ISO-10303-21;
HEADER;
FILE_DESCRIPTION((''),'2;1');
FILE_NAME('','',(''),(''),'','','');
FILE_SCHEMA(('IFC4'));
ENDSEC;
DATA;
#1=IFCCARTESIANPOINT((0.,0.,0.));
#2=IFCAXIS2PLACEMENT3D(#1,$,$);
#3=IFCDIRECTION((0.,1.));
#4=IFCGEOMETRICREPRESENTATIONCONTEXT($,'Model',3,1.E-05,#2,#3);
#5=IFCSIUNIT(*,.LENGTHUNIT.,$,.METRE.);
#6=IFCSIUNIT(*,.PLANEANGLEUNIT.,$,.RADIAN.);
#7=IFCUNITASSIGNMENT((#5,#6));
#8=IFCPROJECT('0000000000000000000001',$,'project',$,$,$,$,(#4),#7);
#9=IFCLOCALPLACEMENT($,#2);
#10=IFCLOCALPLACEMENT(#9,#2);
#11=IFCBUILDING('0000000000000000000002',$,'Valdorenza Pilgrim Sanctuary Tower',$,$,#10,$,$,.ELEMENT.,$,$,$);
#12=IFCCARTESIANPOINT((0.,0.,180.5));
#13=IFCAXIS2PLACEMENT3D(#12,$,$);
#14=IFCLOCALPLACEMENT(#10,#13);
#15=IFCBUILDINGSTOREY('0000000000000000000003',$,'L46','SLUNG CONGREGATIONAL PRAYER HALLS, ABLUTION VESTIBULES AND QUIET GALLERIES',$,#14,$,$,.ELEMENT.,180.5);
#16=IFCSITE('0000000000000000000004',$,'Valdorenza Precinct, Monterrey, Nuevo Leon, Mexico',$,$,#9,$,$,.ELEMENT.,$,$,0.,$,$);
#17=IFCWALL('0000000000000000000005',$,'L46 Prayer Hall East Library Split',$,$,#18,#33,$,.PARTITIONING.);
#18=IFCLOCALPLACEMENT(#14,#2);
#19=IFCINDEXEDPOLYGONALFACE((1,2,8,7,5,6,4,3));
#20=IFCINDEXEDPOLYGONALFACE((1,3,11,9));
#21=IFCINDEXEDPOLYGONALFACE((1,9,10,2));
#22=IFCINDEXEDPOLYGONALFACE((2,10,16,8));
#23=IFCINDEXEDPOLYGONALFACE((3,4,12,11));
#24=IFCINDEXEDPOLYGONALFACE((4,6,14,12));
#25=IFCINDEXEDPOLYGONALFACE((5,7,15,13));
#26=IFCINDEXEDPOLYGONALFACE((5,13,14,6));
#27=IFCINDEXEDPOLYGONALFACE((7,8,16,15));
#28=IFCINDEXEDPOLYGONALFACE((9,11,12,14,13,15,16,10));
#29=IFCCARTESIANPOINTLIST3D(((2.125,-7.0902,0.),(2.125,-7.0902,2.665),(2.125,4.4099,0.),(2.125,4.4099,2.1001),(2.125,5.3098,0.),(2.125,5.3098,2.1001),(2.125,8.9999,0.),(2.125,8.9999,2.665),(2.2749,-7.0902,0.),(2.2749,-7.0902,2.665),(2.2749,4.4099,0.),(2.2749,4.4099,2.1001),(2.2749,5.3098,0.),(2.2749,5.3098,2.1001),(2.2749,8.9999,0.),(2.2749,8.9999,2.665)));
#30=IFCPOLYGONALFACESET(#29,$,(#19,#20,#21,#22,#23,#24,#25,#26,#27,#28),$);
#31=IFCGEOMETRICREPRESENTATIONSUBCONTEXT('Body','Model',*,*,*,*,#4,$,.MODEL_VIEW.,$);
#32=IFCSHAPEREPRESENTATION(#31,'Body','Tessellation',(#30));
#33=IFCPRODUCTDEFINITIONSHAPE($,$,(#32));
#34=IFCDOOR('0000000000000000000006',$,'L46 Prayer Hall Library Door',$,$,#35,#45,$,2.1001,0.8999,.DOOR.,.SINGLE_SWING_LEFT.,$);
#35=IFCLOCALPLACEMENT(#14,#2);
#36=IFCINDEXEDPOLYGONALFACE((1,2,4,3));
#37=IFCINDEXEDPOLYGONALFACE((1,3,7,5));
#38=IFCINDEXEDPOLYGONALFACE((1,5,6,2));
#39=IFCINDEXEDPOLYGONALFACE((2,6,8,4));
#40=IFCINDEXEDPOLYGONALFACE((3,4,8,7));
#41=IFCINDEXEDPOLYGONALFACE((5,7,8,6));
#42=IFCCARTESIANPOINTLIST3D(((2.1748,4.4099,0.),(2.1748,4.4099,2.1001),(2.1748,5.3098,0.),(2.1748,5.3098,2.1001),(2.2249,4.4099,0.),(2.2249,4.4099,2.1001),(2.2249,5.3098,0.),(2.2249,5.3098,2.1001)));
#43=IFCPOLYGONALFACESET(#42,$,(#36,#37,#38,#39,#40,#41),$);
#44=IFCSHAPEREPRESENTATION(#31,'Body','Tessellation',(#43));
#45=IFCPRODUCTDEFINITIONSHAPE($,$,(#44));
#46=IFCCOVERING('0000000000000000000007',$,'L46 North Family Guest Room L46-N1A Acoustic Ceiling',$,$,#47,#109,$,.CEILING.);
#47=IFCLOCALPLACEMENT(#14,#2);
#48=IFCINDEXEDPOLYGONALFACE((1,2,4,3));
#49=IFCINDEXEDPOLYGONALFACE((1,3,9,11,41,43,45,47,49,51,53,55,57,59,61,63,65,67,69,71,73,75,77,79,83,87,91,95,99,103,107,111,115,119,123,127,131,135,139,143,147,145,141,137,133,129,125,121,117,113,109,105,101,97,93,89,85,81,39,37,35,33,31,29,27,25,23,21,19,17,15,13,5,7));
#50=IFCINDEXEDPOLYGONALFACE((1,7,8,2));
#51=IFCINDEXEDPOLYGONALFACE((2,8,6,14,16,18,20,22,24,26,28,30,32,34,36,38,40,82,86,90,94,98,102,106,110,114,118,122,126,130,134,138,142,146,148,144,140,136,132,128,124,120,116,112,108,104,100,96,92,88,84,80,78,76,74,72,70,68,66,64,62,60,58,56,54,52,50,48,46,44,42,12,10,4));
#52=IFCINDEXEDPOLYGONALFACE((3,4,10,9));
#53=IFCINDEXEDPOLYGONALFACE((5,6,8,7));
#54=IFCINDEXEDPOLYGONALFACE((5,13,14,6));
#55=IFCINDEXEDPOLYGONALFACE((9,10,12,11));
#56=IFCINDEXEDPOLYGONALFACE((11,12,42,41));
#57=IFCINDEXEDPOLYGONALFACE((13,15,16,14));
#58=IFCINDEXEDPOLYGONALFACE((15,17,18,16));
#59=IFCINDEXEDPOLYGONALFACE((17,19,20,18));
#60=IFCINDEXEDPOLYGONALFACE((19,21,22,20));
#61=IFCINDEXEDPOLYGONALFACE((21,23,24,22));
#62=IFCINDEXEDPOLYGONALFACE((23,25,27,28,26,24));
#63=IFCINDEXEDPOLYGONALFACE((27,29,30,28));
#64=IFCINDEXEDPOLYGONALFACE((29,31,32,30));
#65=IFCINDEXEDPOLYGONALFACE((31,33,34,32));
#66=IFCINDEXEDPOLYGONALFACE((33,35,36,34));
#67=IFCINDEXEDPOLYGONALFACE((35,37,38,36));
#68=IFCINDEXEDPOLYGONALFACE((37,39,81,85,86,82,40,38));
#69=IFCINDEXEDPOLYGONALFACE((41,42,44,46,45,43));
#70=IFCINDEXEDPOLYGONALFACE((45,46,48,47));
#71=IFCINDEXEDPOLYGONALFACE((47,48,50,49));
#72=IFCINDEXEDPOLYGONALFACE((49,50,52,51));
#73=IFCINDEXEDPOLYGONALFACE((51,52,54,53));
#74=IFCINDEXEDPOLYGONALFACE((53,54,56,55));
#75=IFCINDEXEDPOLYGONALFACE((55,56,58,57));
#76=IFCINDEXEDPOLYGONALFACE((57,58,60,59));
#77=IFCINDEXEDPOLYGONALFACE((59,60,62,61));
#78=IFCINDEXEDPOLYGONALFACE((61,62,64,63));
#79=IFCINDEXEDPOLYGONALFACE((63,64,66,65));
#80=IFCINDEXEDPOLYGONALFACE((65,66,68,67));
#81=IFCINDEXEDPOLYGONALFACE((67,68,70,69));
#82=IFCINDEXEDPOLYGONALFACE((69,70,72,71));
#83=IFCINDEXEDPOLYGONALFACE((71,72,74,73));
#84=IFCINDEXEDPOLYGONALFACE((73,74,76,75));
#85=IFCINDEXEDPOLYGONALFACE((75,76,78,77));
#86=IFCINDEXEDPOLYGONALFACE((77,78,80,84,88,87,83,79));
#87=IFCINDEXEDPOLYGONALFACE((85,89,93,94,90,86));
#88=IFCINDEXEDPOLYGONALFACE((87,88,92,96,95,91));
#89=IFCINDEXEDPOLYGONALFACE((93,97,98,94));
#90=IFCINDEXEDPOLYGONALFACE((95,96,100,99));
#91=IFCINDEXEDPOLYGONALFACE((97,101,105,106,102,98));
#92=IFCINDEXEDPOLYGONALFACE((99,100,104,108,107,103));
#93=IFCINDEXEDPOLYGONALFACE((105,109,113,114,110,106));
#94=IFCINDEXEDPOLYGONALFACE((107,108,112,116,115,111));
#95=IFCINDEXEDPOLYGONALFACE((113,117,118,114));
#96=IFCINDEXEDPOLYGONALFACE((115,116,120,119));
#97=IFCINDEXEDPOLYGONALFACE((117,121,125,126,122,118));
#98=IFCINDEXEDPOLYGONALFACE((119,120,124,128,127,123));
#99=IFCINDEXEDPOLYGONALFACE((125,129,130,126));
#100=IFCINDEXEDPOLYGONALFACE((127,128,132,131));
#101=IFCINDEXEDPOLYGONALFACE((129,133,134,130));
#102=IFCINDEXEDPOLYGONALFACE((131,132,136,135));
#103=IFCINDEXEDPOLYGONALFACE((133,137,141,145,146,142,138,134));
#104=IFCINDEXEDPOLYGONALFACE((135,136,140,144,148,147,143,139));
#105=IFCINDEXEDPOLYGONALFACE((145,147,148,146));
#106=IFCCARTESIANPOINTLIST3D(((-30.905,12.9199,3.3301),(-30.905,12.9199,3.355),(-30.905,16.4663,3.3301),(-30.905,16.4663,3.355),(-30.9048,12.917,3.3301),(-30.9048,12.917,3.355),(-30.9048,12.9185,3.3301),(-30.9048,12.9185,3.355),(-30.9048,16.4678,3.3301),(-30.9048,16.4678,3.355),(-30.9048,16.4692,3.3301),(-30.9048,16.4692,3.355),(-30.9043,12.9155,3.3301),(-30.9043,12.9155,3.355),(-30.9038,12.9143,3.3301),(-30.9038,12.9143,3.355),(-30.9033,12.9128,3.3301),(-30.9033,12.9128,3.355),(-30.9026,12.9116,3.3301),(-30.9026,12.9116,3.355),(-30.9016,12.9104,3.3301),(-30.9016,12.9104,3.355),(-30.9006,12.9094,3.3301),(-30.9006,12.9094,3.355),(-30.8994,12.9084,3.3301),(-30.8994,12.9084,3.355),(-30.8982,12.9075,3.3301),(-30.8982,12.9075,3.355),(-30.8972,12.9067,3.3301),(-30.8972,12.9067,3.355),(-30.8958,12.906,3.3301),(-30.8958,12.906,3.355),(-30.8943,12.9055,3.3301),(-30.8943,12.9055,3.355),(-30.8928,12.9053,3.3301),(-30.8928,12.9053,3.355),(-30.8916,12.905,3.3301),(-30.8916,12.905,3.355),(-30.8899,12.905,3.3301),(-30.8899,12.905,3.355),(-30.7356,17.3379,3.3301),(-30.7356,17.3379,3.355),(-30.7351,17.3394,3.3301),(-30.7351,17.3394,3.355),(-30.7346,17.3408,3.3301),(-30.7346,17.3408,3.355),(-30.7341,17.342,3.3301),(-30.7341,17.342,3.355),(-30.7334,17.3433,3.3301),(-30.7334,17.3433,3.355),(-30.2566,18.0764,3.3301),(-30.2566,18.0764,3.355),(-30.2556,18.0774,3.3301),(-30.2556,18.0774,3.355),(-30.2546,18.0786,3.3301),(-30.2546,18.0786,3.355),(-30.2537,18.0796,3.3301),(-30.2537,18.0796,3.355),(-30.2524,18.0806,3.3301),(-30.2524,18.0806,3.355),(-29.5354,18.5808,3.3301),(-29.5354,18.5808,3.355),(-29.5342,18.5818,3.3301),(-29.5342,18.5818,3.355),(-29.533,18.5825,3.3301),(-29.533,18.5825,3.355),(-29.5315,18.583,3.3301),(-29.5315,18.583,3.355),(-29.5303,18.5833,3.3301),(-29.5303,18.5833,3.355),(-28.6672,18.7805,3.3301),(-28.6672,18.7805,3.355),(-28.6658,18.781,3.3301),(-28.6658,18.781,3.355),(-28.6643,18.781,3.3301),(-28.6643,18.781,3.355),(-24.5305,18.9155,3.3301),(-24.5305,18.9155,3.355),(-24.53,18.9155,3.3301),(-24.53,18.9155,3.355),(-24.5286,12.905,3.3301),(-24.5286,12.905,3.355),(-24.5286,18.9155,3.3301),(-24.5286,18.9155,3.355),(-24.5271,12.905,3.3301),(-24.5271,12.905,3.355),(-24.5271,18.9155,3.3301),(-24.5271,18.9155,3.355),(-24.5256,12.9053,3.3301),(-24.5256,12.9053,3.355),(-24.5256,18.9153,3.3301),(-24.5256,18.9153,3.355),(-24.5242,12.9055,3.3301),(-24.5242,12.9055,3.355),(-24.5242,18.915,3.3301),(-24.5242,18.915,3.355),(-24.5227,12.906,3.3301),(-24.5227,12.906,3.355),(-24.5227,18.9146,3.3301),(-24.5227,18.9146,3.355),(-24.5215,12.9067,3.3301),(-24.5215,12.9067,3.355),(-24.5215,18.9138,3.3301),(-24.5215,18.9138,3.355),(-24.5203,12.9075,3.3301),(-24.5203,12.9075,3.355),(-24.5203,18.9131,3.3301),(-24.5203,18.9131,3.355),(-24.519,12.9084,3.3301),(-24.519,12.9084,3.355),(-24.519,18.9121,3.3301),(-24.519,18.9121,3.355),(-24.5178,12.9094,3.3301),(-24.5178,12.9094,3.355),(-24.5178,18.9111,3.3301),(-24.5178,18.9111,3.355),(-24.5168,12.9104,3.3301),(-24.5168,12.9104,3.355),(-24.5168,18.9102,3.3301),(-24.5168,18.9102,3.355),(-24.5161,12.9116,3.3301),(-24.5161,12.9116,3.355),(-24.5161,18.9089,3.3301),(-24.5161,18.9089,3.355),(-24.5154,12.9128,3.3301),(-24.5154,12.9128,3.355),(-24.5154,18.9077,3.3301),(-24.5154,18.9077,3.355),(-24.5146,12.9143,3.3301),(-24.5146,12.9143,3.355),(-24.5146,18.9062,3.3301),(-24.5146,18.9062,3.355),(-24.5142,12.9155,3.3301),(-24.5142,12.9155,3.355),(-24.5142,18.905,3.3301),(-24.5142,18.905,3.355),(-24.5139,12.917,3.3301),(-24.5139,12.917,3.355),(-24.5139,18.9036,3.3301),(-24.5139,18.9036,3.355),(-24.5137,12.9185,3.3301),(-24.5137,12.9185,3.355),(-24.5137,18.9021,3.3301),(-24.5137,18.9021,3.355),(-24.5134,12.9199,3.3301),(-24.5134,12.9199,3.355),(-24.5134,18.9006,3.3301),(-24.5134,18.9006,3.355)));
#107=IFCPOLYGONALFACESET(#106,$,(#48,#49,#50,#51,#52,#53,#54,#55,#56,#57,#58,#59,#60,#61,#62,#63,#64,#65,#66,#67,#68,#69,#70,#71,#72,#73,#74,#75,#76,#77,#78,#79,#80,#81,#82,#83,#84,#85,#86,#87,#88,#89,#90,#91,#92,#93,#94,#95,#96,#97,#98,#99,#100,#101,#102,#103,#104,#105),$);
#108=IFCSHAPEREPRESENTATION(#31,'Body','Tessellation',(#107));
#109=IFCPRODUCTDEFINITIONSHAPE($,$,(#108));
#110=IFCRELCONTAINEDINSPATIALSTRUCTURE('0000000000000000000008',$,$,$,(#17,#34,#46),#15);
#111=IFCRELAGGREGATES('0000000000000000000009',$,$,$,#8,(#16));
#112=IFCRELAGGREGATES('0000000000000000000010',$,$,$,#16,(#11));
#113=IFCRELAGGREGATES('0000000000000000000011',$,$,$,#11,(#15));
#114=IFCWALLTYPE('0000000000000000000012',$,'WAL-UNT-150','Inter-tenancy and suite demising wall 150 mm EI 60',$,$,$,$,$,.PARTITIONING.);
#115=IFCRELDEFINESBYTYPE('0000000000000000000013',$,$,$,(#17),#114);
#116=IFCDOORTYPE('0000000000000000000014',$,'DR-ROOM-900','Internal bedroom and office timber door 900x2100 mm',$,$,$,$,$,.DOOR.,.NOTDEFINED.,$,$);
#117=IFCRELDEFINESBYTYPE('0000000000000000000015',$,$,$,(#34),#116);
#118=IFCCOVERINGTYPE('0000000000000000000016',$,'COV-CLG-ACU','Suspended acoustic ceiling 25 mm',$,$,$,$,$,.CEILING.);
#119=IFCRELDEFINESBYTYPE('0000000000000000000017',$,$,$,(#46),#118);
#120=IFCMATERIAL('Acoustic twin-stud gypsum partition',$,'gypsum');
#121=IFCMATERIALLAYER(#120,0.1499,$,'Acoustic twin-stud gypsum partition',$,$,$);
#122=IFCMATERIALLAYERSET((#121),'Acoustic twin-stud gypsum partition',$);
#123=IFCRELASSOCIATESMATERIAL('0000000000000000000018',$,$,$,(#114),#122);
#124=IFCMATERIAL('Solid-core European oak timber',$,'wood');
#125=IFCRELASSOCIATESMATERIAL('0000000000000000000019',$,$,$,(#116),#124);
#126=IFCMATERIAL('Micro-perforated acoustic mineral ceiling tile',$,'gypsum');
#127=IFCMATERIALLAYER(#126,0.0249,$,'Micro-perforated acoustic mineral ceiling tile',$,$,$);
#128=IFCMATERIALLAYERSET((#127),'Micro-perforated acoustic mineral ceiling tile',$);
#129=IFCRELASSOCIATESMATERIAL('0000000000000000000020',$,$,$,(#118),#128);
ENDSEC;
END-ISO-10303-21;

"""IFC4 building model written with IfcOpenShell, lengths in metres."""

from ifc_helpers import new_model, si_unit, direction, frame, frame_2d, origin, place, context, subcontext, project, spatial, polyline, rectangle, outline, extrude, material, layer, layer_set, type_object, element, fill, save


model = new_model("IFC4")

# Units and contexts
model_context = context("Model", 3, precision=1e-05, world=origin(), true_north=direction((0.0, 1.0)))
body_context = subcontext(model_context, "Body", "Model", "MODEL_VIEW")
ifc_project = project(units=[si_unit("LENGTHUNIT", "METRE"), si_unit("PLANEANGLEUNIT", "RADIAN")], contexts=[model_context])

# Site, building, storey
site_placement = place(None, origin())
site = spatial("IfcSite", under=ifc_project, at=site_placement, Name="Valdorenza Precinct, Monterrey, Nuevo Leon, Mexico", CompositionType="ELEMENT", RefElevation=0.0)
building_placement = place(site_placement, origin())
building = spatial("IfcBuilding", under=site, at=building_placement, Name="Valdorenza Pilgrim Sanctuary Tower", CompositionType="ELEMENT")
storey_placement = place(building_placement, frame((0.0, 0.0, 180.5)))
storey = spatial("IfcBuildingStorey", under=building, at=storey_placement, Name="L46", Description="SLUNG CONGREGATIONAL PRAYER HALLS, ABLUTION VESTIBULES AND QUIET GALLERIES", CompositionType="ELEMENT", Elevation=180.5)

# Wall, opening, door
ifc_material_1 = material(Name="Acoustic twin-stud gypsum partition", Category="gypsum")
ifc_layer_1 = layer(ifc_material_1, 0.1499, Name="Acoustic twin-stud gypsum partition")
ifc_layer_set_1 = layer_set([ifc_layer_1], Name="Acoustic twin-stud gypsum partition")
wall_type_1 = type_object("IfcWallType", Name="WAL-UNT-150", Description="Inter-tenancy and suite demising wall 150 mm EI 60", PredefinedType="PARTITIONING", material=ifc_layer_set_1)
wall_1_placement = place(storey_placement, frame((2.2, -7.0901, 0.0), z_axis=(0.0, 0.0, 1.0), x_axis=(0.0, 1.0, 0.0)))
wall_1 = element("IfcWall", 1, at=wall_1_placement, inside=storey, type_object=wall_type_1, Name="L46 Prayer Hall East Library Split", PredefinedType="PARTITIONING", context=body_context, shape_type="SweptSolid", body=[
    extrude(rectangle(XDim=16.0901, YDim=0.1499, at=frame_2d((8.0449, 0.0))), origin(), (0.0, 0.0, 1.0), 2.665),
])
opening_placement = place(wall_1_placement, frame((11.5, 0.0, 0.0)))
opening = element("IfcOpeningElement", 2, at=opening_placement, cuts=wall_1, PredefinedType="OPENING", context=body_context, shape_type="SweptSolid", body=[
    extrude(rectangle(XDim=0.8999, YDim=2.1001, at=frame_2d((0.45, 1.05))), frame((0.0, 0.0898, 0.0), z_axis=(0.0, -1.0, 0.0), x_axis=(1.0, 0.0, 0.0)), (0.0, 0.0, 1.0), 0.1797),
])
ifc_material_2 = material(Name="Solid-core European oak timber", Category="wood")
door_type = type_object("IfcDoorType", Name="DR-ROOM-900", Description="Internal bedroom and office timber door 900x2100 mm", OperationType="NOTDEFINED", PredefinedType="DOOR", material=ifc_material_2)
door_placement = place(opening_placement, frame((0.8999, 0.0, 0.0), z_axis=(0.0, 0.0, 1.0), x_axis=(-1.0, 0.0, 0.0)))
door = element("IfcDoor", 3, at=door_placement, inside=storey, type_object=door_type, Name="L46 Prayer Hall Library Door", OperationType="SINGLE_SWING_LEFT", OverallHeight=2.1001, OverallWidth=0.8999, PredefinedType="DOOR", context=body_context, shape_type="SweptSolid", body=[
    extrude(rectangle(XDim=0.8999, YDim=2.1001, at=frame_2d((0.45, 1.05))), frame((0.0, 0.0249, 0.0), z_axis=(0.0, -1.0, 0.0), x_axis=(1.0, 0.0, 0.0)), (0.0, 0.0, 1.0), 0.05),
])
fill(opening, door)

# Covering
ifc_material_3 = material(Name="Micro-perforated acoustic mineral ceiling tile", Category="gypsum")
ifc_layer_2 = layer(ifc_material_3, 0.0249, Name="Micro-perforated acoustic mineral ceiling tile")
ifc_layer_set_2 = layer_set([ifc_layer_2], Name="Micro-perforated acoustic mineral ceiling tile")
covering_type_1 = type_object("IfcCoveringType", Name="COV-CLG-ACU", Description="Suspended acoustic ceiling 25 mm", PredefinedType="CEILING", material=ifc_layer_set_2)
covering_1_placement = place(storey_placement, frame((0.0, 0.0, 3.3301)))
element("IfcCovering", 4, at=covering_1_placement, inside=storey, type_object=covering_type_1, Name="L46 North Family Guest Room L46-N1A Acoustic Ceiling", PredefinedType="CEILING", context=body_context, shape_type="SweptSolid", body=[
    extrude(outline(polyline([(-30.7356, 17.3379), (-30.7351, 17.3394), (-30.7346, 17.3408), (-30.7341, 17.342), (-30.7334, 17.3433), (-30.2566, 18.0764), (-30.2556, 18.0774), (-30.2546, 18.0786), (-30.2537, 18.0796), (-30.2524, 18.0806), (-29.5354, 18.5808), (-29.5342, 18.5818), (-29.533, 18.5825), (-29.5315, 18.583), (-29.5303, 18.5833), (-28.6672, 18.7805), (-28.6658, 18.781), (-28.6643, 18.781), (-24.5305, 18.9155), (-24.53, 18.9155), (-24.5286, 18.9155), (-24.5271, 18.9155), (-24.5256, 18.9153), (-24.5242, 18.915), (-24.5227, 18.9146), (-24.5215, 18.9138), (-24.5203, 18.9131), (-24.519, 18.9121), (-24.5178, 18.9111), (-24.5168, 18.9102), (-24.5161, 18.9089), (-24.5154, 18.9077), (-24.5146, 18.9062), (-24.5142, 18.905), (-24.5139, 18.9036), (-24.5137, 18.9021), (-24.5134, 18.9006), (-24.5134, 12.9199), (-24.5137, 12.9185), (-24.5139, 12.917), (-24.5142, 12.9155), (-24.5146, 12.9143), (-24.5154, 12.9128), (-24.5161, 12.9116), (-24.5168, 12.9104), (-24.5178, 12.9094), (-24.519, 12.9084), (-24.5203, 12.9075), (-24.5215, 12.9067), (-24.5227, 12.906), (-24.5242, 12.9055), (-24.5256, 12.9053), (-24.5271, 12.905), (-24.5286, 12.905), (-30.8899, 12.905), (-30.8916, 12.905), (-30.8928, 12.9053), (-30.8943, 12.9055), (-30.8958, 12.906), (-30.8972, 12.9067), (-30.8982, 12.9075), (-30.8994, 12.9084), (-30.9006, 12.9094), (-30.9016, 12.9104), (-30.9026, 12.9116), (-30.9033, 12.9128), (-30.9038, 12.9143), (-30.9043, 12.9155), (-30.9048, 12.917), (-30.9048, 12.9185), (-30.905, 12.9199), (-30.905, 16.4663), (-30.9048, 16.4678), (-30.9048, 16.4692), (-30.7356, 17.3379)])), origin(), (0.0, 0.0, 1.0), 0.0249),
])

save(model, "model.ifc")
